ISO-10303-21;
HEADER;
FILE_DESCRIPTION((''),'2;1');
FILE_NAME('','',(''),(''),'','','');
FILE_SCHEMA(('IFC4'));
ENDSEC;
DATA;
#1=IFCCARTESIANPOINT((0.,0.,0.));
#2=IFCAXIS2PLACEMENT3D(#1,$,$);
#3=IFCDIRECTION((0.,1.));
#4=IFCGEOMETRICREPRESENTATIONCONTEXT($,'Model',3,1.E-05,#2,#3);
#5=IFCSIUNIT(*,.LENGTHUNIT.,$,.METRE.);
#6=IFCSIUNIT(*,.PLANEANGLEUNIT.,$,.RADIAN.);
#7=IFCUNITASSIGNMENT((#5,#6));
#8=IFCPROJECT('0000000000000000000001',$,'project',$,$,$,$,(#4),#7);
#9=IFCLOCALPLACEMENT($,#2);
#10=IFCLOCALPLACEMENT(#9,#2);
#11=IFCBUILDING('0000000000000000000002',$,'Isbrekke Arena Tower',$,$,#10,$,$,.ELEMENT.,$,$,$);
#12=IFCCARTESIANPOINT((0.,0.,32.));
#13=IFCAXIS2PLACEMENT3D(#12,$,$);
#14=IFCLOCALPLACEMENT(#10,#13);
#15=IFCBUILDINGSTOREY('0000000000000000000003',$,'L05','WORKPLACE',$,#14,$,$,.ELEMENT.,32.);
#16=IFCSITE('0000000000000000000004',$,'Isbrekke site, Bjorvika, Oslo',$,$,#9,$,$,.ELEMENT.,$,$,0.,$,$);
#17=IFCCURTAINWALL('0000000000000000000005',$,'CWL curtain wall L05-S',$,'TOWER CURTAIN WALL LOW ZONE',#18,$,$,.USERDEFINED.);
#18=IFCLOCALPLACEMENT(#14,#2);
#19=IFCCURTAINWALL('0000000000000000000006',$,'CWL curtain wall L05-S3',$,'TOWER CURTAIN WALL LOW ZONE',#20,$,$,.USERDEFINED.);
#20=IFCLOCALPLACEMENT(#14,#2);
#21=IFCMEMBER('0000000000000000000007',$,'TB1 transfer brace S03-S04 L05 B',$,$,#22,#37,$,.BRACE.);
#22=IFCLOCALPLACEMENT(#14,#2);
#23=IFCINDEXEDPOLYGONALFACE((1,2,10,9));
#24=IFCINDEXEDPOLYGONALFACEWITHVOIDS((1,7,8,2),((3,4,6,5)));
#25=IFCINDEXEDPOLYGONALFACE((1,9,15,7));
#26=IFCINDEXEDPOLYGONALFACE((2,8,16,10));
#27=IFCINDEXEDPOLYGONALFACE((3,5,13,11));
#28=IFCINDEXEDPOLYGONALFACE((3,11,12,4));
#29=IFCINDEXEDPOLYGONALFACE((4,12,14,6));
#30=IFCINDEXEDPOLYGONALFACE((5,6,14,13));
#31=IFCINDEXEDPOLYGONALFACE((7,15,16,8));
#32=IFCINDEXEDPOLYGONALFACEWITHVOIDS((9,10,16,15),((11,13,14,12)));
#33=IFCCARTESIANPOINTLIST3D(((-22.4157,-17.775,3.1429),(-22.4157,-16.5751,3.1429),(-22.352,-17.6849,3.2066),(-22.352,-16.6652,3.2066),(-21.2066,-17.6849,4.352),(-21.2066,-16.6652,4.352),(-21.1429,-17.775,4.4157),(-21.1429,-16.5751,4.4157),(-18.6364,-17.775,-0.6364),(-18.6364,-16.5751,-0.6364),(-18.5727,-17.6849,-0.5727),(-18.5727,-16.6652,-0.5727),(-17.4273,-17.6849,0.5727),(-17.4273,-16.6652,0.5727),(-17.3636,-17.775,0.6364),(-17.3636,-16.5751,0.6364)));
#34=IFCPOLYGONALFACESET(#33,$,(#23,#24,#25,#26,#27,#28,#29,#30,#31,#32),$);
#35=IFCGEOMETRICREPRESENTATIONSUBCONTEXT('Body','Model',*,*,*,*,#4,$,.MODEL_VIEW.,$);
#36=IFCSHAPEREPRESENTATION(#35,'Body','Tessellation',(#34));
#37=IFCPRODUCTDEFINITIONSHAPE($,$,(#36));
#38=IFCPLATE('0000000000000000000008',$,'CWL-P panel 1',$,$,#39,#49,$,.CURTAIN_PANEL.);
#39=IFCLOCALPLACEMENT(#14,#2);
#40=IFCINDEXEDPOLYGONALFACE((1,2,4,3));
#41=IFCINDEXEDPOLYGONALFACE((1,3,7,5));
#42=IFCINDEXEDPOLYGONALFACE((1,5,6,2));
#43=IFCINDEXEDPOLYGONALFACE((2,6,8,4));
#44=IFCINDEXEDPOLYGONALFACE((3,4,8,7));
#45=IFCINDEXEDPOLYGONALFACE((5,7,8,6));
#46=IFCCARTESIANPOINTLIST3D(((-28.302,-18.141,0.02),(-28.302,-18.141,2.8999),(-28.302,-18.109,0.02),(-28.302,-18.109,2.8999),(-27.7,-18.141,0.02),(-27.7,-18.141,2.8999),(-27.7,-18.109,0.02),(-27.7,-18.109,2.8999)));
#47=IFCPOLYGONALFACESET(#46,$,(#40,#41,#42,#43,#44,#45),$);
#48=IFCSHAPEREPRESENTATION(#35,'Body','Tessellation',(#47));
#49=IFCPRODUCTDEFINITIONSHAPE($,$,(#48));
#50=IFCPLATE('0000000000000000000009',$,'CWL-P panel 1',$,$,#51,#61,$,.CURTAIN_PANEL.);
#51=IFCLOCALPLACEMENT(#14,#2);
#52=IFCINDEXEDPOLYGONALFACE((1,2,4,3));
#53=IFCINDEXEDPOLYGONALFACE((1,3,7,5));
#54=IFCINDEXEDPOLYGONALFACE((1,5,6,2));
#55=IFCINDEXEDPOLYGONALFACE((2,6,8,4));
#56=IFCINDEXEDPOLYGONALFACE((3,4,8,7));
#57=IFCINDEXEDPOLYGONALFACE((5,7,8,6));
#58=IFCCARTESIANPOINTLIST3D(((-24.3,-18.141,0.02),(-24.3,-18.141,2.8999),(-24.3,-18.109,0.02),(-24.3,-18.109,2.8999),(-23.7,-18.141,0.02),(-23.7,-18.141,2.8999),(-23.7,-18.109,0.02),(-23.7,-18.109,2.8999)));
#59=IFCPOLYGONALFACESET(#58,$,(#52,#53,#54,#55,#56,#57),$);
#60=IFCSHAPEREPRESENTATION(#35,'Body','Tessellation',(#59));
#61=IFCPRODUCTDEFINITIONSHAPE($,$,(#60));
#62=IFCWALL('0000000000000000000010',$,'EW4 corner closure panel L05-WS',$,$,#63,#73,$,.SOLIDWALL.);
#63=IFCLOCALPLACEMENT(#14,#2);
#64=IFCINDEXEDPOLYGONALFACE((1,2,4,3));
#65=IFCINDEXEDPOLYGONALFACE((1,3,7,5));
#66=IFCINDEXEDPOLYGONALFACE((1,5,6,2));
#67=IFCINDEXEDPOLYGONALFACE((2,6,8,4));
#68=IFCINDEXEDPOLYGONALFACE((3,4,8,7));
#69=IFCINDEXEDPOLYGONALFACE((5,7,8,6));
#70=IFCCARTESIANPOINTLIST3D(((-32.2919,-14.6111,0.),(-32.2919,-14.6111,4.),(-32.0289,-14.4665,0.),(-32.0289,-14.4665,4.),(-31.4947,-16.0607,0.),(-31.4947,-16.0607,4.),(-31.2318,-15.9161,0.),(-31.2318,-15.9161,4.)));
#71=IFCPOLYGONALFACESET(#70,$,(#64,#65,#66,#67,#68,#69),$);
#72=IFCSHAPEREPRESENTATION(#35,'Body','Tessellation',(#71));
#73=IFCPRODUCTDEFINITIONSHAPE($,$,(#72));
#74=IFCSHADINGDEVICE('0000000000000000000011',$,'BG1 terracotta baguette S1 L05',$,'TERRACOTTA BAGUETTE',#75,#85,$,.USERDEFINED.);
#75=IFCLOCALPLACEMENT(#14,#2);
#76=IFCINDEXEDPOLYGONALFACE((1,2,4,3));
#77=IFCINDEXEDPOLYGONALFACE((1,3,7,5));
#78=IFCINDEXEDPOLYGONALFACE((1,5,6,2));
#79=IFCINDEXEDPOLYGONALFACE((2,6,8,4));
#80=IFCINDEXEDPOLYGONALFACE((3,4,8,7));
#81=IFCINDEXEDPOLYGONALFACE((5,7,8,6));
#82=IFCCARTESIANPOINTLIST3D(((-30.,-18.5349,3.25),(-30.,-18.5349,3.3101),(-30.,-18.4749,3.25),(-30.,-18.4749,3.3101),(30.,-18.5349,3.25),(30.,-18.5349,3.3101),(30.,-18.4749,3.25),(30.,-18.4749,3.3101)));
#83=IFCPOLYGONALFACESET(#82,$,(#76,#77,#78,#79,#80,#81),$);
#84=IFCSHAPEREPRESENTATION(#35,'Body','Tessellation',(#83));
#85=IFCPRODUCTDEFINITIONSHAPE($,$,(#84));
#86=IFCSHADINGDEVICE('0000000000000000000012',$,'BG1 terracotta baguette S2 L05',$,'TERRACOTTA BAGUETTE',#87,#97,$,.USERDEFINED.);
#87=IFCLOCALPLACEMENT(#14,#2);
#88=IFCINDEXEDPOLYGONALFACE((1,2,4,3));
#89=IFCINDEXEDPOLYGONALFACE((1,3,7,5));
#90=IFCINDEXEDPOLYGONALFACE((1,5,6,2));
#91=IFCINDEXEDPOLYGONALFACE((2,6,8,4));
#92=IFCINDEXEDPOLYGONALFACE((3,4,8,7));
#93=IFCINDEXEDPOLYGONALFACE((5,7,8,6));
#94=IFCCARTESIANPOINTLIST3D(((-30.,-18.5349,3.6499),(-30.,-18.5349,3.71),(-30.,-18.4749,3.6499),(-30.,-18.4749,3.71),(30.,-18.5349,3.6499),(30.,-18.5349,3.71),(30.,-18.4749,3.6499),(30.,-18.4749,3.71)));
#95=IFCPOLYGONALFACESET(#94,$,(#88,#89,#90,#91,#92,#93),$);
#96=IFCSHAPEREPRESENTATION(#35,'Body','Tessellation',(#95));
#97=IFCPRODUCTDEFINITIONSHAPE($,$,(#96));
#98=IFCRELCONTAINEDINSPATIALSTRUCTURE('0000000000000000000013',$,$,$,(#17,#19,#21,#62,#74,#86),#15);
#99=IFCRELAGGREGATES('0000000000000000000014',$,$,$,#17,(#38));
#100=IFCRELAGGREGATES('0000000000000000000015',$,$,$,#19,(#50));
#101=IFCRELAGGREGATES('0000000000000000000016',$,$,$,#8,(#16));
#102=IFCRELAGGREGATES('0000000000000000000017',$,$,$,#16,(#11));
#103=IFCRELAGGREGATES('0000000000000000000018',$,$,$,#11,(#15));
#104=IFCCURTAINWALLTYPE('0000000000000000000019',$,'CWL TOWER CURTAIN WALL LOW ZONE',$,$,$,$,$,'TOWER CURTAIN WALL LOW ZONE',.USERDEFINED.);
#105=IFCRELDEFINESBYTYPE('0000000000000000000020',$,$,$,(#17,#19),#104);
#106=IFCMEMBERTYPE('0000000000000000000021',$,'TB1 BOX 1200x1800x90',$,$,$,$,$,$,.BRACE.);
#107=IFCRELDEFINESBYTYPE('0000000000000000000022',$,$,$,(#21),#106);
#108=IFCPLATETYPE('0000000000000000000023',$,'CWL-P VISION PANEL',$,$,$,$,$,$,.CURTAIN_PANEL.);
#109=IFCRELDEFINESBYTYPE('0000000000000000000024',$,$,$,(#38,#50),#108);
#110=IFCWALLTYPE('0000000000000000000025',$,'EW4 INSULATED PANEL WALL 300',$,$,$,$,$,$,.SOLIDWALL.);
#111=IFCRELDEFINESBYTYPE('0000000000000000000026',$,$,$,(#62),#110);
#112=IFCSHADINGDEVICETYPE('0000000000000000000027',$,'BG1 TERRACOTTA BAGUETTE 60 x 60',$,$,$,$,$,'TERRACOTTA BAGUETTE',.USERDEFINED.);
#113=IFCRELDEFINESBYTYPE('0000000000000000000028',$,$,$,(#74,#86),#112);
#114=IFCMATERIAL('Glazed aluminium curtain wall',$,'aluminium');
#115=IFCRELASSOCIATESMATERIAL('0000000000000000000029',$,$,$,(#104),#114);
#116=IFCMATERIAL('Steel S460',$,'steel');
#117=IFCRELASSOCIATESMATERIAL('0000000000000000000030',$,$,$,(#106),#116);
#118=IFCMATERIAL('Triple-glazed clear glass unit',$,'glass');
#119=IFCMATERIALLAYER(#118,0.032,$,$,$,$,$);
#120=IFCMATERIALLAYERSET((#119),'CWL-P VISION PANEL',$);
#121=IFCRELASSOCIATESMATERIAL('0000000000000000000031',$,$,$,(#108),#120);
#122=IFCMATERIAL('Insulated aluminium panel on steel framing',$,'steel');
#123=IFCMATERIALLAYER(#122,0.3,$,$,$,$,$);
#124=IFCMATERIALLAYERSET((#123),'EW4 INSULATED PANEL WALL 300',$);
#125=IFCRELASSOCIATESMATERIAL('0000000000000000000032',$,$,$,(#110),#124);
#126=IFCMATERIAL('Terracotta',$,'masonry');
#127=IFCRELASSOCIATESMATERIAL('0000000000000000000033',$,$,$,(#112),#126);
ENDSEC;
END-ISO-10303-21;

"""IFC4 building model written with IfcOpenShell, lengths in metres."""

from ifc_helpers import new_model, si_unit, direction, frame, frame_2d, origin, origin_2d, place, context, subcontext, project, spatial, rectangle, hollow_rectangle, extrude, material, layer, layer_set, material_profile, profile_set, type_object, element, aggregate, save


model = new_model("IFC4")

# Units and contexts
model_context = context("Model", 3, precision=1e-05, world=origin(), true_north=direction((0.0, 1.0)))
body_context = subcontext(model_context, "Body", "Model", "MODEL_VIEW")
ifc_project = project(units=[si_unit("LENGTHUNIT", "METRE"), si_unit("PLANEANGLEUNIT", "RADIAN")], contexts=[model_context])

# Site, building, storey
site_placement = place(None, origin())
site = spatial("IfcSite", under=ifc_project, at=site_placement, Name="Isbrekke site, Bjorvika, Oslo", CompositionType="ELEMENT", RefElevation=0.0)
building_placement = place(site_placement, origin())
building = spatial("IfcBuilding", under=site, at=building_placement, Name="Isbrekke Arena Tower", CompositionType="ELEMENT")
storey_placement = place(building_placement, frame((0.0, 0.0, 32.0)))
storey = spatial("IfcBuildingStorey", under=building, at=storey_placement, Name="L05", Description="WORKPLACE", CompositionType="ELEMENT", Elevation=32.0)

# Curtain walls
ifc_material_1 = material(Name="Glazed aluminium curtain wall", Category="aluminium")
curtain_wall_type = type_object("IfcCurtainWallType", Name="CWL TOWER CURTAIN WALL LOW ZONE", ElementType="TOWER CURTAIN WALL LOW ZONE", PredefinedType="USERDEFINED", material=ifc_material_1)
curtain_wall_1_placement = place(storey_placement, origin())
curtain_wall_1 = element("IfcCurtainWall", 1, at=curtain_wall_1_placement, inside=storey, type_object=curtain_wall_type, Name="CWL curtain wall L05-S", ObjectType="TOWER CURTAIN WALL LOW ZONE", PredefinedType="USERDEFINED")
curtain_wall_2_placement = place(storey_placement, origin())
curtain_wall_2 = element("IfcCurtainWall", 2, at=curtain_wall_2_placement, inside=storey, type_object=curtain_wall_type, Name="CWL curtain wall L05-S3", ObjectType="TOWER CURTAIN WALL LOW ZONE", PredefinedType="USERDEFINED")

# Member
ifc_material_2 = material(Name="Steel S460", Category="steel")
ifc_material_profile_1 = material_profile(ifc_material_2, hollow_rectangle(XDim=1.2, YDim=1.8, WallThickness=0.0901, at=origin_2d()), Name="BOX 1200x1800x90")
ifc_profile_set_1 = profile_set([ifc_material_profile_1], Name="Steel S460")
member_type_1 = type_object("IfcMemberType", Name="TB1 BOX 1200x1800x90", PredefinedType="BRACE", material=ifc_profile_set_1)
for number, where, z_axis, x_axis, name in (
    (3, (-21.7793, -17.175, 3.7793), (0.707107, 0.0, -0.707107), (0.0, 1.0, 0.0), "TB1 transfer brace S03-S04 L05 B"),
):
    element("IfcMember", number, at=place(storey_placement, frame(where, z_axis=z_axis, x_axis=x_axis)), inside=storey, type_object=member_type_1, Name=name, PredefinedType="BRACE", context=body_context, shape_type="SweptSolid", body=[
        extrude(hollow_rectangle(XDim=1.2, YDim=1.8, WallThickness=0.0901, at=origin_2d()), origin(), (0.0, 0.0, 1.0), 5.3447),
    ])

# Plates
ifc_material_3 = material(Name="Triple-glazed clear glass unit", Category="glass")
ifc_layer_1 = layer(ifc_material_3, 0.032)
ifc_layer_set_1 = layer_set([ifc_layer_1], Name="CWL-P VISION PANEL")
plate_type = type_object("IfcPlateType", Name="CWL-P VISION PANEL", PredefinedType="CURTAIN_PANEL", material=ifc_layer_set_1)
plate_1_placement = place(storey_placement, frame((-28.001, -18.125, 0.02), z_axis=(0.0, 0.0, 1.0), x_axis=(1.0, 0.0, 0.0)))
plate_1 = element("IfcPlate", 4, at=plate_1_placement, type_object=plate_type, Name="CWL-P panel 1", PredefinedType="CURTAIN_PANEL", context=body_context, shape_type="SweptSolid", body=[
    extrude(rectangle(XDim=0.6021, YDim=0.032, at=origin_2d()), origin(), (0.0, 0.0, 1.0), 2.8799),
])
aggregate(curtain_wall_1, [plate_1])
plate_2_placement = place(storey_placement, frame((-24.0, -18.125, 0.02), z_axis=(0.0, 0.0, 1.0), x_axis=(1.0, 0.0, 0.0)))
plate_2 = element("IfcPlate", 5, at=plate_2_placement, type_object=plate_type, Name="CWL-P panel 1", PredefinedType="CURTAIN_PANEL", context=body_context, shape_type="SweptSolid", body=[
    extrude(rectangle(XDim=0.6001, YDim=0.032, at=origin_2d()), origin(), (0.0, 0.0, 1.0), 2.8799),
])
aggregate(curtain_wall_2, [plate_2])

# Wall
ifc_material_4 = material(Name="Insulated aluminium panel on steel framing", Category="steel")
ifc_layer_2 = layer(ifc_material_4, 0.3)
ifc_layer_set_2 = layer_set([ifc_layer_2], Name="EW4 INSULATED PANEL WALL 300")
wall_type = type_object("IfcWallType", Name="EW4 INSULATED PANEL WALL 300", PredefinedType="SOLIDWALL", material=ifc_layer_set_2)
wall_placement = place(storey_placement, frame((-32.1604, -14.5388, 0.0), z_axis=(0.0, 0.0, 1.0), x_axis=(0.481879, -0.876238, 0.0)))
element("IfcWall", 6, at=wall_placement, inside=storey, type_object=wall_type, Name="EW4 corner closure panel L05-WS", PredefinedType="SOLIDWALL", context=body_context, shape_type="SweptSolid", body=[
    extrude(rectangle(XDim=1.6543, YDim=0.3, at=frame_2d((0.8271, 0.0))), origin(), (0.0, 0.0, 1.0), 4.0),
])

# Shading devices
ifc_material_5 = material(Name="Terracotta", Category="masonry")
ifc_material_profile_2 = material_profile(ifc_material_5, rectangle(XDim=0.0601, YDim=0.0601, at=origin_2d()), Name="BAGUETTE 60X60")
ifc_profile_set_2 = profile_set([ifc_material_profile_2], Name="Terracotta")
shading_device_type = type_object("IfcShadingDeviceType", Name="BG1 TERRACOTTA BAGUETTE 60 x 60", ElementType="TERRACOTTA BAGUETTE", PredefinedType="USERDEFINED", material=ifc_profile_set_2)
for number, where, z_axis, x_axis, name in (
    (7, (-30.0, -18.5049, 3.28), (1.0, 0.0, 0.0), (0.0, 1.0, 0.0), "BG1 terracotta baguette S1 L05"),
    (8, (-30.0, -18.5049, 3.6799), (1.0, 0.0, 0.0), (0.0, 1.0, 0.0), "BG1 terracotta baguette S2 L05"),
):
    element("IfcShadingDevice", number, at=place(storey_placement, frame(where, z_axis=z_axis, x_axis=x_axis)), inside=storey, type_object=shading_device_type, Name=name, ObjectType="TERRACOTTA BAGUETTE", PredefinedType="USERDEFINED", context=body_context, shape_type="SweptSolid", body=[
        extrude(rectangle(XDim=0.0601, YDim=0.0601, at=origin_2d()), origin(), (0.0, 0.0, 1.0), 60.0),
    ])

save(model, "model.ifc")
